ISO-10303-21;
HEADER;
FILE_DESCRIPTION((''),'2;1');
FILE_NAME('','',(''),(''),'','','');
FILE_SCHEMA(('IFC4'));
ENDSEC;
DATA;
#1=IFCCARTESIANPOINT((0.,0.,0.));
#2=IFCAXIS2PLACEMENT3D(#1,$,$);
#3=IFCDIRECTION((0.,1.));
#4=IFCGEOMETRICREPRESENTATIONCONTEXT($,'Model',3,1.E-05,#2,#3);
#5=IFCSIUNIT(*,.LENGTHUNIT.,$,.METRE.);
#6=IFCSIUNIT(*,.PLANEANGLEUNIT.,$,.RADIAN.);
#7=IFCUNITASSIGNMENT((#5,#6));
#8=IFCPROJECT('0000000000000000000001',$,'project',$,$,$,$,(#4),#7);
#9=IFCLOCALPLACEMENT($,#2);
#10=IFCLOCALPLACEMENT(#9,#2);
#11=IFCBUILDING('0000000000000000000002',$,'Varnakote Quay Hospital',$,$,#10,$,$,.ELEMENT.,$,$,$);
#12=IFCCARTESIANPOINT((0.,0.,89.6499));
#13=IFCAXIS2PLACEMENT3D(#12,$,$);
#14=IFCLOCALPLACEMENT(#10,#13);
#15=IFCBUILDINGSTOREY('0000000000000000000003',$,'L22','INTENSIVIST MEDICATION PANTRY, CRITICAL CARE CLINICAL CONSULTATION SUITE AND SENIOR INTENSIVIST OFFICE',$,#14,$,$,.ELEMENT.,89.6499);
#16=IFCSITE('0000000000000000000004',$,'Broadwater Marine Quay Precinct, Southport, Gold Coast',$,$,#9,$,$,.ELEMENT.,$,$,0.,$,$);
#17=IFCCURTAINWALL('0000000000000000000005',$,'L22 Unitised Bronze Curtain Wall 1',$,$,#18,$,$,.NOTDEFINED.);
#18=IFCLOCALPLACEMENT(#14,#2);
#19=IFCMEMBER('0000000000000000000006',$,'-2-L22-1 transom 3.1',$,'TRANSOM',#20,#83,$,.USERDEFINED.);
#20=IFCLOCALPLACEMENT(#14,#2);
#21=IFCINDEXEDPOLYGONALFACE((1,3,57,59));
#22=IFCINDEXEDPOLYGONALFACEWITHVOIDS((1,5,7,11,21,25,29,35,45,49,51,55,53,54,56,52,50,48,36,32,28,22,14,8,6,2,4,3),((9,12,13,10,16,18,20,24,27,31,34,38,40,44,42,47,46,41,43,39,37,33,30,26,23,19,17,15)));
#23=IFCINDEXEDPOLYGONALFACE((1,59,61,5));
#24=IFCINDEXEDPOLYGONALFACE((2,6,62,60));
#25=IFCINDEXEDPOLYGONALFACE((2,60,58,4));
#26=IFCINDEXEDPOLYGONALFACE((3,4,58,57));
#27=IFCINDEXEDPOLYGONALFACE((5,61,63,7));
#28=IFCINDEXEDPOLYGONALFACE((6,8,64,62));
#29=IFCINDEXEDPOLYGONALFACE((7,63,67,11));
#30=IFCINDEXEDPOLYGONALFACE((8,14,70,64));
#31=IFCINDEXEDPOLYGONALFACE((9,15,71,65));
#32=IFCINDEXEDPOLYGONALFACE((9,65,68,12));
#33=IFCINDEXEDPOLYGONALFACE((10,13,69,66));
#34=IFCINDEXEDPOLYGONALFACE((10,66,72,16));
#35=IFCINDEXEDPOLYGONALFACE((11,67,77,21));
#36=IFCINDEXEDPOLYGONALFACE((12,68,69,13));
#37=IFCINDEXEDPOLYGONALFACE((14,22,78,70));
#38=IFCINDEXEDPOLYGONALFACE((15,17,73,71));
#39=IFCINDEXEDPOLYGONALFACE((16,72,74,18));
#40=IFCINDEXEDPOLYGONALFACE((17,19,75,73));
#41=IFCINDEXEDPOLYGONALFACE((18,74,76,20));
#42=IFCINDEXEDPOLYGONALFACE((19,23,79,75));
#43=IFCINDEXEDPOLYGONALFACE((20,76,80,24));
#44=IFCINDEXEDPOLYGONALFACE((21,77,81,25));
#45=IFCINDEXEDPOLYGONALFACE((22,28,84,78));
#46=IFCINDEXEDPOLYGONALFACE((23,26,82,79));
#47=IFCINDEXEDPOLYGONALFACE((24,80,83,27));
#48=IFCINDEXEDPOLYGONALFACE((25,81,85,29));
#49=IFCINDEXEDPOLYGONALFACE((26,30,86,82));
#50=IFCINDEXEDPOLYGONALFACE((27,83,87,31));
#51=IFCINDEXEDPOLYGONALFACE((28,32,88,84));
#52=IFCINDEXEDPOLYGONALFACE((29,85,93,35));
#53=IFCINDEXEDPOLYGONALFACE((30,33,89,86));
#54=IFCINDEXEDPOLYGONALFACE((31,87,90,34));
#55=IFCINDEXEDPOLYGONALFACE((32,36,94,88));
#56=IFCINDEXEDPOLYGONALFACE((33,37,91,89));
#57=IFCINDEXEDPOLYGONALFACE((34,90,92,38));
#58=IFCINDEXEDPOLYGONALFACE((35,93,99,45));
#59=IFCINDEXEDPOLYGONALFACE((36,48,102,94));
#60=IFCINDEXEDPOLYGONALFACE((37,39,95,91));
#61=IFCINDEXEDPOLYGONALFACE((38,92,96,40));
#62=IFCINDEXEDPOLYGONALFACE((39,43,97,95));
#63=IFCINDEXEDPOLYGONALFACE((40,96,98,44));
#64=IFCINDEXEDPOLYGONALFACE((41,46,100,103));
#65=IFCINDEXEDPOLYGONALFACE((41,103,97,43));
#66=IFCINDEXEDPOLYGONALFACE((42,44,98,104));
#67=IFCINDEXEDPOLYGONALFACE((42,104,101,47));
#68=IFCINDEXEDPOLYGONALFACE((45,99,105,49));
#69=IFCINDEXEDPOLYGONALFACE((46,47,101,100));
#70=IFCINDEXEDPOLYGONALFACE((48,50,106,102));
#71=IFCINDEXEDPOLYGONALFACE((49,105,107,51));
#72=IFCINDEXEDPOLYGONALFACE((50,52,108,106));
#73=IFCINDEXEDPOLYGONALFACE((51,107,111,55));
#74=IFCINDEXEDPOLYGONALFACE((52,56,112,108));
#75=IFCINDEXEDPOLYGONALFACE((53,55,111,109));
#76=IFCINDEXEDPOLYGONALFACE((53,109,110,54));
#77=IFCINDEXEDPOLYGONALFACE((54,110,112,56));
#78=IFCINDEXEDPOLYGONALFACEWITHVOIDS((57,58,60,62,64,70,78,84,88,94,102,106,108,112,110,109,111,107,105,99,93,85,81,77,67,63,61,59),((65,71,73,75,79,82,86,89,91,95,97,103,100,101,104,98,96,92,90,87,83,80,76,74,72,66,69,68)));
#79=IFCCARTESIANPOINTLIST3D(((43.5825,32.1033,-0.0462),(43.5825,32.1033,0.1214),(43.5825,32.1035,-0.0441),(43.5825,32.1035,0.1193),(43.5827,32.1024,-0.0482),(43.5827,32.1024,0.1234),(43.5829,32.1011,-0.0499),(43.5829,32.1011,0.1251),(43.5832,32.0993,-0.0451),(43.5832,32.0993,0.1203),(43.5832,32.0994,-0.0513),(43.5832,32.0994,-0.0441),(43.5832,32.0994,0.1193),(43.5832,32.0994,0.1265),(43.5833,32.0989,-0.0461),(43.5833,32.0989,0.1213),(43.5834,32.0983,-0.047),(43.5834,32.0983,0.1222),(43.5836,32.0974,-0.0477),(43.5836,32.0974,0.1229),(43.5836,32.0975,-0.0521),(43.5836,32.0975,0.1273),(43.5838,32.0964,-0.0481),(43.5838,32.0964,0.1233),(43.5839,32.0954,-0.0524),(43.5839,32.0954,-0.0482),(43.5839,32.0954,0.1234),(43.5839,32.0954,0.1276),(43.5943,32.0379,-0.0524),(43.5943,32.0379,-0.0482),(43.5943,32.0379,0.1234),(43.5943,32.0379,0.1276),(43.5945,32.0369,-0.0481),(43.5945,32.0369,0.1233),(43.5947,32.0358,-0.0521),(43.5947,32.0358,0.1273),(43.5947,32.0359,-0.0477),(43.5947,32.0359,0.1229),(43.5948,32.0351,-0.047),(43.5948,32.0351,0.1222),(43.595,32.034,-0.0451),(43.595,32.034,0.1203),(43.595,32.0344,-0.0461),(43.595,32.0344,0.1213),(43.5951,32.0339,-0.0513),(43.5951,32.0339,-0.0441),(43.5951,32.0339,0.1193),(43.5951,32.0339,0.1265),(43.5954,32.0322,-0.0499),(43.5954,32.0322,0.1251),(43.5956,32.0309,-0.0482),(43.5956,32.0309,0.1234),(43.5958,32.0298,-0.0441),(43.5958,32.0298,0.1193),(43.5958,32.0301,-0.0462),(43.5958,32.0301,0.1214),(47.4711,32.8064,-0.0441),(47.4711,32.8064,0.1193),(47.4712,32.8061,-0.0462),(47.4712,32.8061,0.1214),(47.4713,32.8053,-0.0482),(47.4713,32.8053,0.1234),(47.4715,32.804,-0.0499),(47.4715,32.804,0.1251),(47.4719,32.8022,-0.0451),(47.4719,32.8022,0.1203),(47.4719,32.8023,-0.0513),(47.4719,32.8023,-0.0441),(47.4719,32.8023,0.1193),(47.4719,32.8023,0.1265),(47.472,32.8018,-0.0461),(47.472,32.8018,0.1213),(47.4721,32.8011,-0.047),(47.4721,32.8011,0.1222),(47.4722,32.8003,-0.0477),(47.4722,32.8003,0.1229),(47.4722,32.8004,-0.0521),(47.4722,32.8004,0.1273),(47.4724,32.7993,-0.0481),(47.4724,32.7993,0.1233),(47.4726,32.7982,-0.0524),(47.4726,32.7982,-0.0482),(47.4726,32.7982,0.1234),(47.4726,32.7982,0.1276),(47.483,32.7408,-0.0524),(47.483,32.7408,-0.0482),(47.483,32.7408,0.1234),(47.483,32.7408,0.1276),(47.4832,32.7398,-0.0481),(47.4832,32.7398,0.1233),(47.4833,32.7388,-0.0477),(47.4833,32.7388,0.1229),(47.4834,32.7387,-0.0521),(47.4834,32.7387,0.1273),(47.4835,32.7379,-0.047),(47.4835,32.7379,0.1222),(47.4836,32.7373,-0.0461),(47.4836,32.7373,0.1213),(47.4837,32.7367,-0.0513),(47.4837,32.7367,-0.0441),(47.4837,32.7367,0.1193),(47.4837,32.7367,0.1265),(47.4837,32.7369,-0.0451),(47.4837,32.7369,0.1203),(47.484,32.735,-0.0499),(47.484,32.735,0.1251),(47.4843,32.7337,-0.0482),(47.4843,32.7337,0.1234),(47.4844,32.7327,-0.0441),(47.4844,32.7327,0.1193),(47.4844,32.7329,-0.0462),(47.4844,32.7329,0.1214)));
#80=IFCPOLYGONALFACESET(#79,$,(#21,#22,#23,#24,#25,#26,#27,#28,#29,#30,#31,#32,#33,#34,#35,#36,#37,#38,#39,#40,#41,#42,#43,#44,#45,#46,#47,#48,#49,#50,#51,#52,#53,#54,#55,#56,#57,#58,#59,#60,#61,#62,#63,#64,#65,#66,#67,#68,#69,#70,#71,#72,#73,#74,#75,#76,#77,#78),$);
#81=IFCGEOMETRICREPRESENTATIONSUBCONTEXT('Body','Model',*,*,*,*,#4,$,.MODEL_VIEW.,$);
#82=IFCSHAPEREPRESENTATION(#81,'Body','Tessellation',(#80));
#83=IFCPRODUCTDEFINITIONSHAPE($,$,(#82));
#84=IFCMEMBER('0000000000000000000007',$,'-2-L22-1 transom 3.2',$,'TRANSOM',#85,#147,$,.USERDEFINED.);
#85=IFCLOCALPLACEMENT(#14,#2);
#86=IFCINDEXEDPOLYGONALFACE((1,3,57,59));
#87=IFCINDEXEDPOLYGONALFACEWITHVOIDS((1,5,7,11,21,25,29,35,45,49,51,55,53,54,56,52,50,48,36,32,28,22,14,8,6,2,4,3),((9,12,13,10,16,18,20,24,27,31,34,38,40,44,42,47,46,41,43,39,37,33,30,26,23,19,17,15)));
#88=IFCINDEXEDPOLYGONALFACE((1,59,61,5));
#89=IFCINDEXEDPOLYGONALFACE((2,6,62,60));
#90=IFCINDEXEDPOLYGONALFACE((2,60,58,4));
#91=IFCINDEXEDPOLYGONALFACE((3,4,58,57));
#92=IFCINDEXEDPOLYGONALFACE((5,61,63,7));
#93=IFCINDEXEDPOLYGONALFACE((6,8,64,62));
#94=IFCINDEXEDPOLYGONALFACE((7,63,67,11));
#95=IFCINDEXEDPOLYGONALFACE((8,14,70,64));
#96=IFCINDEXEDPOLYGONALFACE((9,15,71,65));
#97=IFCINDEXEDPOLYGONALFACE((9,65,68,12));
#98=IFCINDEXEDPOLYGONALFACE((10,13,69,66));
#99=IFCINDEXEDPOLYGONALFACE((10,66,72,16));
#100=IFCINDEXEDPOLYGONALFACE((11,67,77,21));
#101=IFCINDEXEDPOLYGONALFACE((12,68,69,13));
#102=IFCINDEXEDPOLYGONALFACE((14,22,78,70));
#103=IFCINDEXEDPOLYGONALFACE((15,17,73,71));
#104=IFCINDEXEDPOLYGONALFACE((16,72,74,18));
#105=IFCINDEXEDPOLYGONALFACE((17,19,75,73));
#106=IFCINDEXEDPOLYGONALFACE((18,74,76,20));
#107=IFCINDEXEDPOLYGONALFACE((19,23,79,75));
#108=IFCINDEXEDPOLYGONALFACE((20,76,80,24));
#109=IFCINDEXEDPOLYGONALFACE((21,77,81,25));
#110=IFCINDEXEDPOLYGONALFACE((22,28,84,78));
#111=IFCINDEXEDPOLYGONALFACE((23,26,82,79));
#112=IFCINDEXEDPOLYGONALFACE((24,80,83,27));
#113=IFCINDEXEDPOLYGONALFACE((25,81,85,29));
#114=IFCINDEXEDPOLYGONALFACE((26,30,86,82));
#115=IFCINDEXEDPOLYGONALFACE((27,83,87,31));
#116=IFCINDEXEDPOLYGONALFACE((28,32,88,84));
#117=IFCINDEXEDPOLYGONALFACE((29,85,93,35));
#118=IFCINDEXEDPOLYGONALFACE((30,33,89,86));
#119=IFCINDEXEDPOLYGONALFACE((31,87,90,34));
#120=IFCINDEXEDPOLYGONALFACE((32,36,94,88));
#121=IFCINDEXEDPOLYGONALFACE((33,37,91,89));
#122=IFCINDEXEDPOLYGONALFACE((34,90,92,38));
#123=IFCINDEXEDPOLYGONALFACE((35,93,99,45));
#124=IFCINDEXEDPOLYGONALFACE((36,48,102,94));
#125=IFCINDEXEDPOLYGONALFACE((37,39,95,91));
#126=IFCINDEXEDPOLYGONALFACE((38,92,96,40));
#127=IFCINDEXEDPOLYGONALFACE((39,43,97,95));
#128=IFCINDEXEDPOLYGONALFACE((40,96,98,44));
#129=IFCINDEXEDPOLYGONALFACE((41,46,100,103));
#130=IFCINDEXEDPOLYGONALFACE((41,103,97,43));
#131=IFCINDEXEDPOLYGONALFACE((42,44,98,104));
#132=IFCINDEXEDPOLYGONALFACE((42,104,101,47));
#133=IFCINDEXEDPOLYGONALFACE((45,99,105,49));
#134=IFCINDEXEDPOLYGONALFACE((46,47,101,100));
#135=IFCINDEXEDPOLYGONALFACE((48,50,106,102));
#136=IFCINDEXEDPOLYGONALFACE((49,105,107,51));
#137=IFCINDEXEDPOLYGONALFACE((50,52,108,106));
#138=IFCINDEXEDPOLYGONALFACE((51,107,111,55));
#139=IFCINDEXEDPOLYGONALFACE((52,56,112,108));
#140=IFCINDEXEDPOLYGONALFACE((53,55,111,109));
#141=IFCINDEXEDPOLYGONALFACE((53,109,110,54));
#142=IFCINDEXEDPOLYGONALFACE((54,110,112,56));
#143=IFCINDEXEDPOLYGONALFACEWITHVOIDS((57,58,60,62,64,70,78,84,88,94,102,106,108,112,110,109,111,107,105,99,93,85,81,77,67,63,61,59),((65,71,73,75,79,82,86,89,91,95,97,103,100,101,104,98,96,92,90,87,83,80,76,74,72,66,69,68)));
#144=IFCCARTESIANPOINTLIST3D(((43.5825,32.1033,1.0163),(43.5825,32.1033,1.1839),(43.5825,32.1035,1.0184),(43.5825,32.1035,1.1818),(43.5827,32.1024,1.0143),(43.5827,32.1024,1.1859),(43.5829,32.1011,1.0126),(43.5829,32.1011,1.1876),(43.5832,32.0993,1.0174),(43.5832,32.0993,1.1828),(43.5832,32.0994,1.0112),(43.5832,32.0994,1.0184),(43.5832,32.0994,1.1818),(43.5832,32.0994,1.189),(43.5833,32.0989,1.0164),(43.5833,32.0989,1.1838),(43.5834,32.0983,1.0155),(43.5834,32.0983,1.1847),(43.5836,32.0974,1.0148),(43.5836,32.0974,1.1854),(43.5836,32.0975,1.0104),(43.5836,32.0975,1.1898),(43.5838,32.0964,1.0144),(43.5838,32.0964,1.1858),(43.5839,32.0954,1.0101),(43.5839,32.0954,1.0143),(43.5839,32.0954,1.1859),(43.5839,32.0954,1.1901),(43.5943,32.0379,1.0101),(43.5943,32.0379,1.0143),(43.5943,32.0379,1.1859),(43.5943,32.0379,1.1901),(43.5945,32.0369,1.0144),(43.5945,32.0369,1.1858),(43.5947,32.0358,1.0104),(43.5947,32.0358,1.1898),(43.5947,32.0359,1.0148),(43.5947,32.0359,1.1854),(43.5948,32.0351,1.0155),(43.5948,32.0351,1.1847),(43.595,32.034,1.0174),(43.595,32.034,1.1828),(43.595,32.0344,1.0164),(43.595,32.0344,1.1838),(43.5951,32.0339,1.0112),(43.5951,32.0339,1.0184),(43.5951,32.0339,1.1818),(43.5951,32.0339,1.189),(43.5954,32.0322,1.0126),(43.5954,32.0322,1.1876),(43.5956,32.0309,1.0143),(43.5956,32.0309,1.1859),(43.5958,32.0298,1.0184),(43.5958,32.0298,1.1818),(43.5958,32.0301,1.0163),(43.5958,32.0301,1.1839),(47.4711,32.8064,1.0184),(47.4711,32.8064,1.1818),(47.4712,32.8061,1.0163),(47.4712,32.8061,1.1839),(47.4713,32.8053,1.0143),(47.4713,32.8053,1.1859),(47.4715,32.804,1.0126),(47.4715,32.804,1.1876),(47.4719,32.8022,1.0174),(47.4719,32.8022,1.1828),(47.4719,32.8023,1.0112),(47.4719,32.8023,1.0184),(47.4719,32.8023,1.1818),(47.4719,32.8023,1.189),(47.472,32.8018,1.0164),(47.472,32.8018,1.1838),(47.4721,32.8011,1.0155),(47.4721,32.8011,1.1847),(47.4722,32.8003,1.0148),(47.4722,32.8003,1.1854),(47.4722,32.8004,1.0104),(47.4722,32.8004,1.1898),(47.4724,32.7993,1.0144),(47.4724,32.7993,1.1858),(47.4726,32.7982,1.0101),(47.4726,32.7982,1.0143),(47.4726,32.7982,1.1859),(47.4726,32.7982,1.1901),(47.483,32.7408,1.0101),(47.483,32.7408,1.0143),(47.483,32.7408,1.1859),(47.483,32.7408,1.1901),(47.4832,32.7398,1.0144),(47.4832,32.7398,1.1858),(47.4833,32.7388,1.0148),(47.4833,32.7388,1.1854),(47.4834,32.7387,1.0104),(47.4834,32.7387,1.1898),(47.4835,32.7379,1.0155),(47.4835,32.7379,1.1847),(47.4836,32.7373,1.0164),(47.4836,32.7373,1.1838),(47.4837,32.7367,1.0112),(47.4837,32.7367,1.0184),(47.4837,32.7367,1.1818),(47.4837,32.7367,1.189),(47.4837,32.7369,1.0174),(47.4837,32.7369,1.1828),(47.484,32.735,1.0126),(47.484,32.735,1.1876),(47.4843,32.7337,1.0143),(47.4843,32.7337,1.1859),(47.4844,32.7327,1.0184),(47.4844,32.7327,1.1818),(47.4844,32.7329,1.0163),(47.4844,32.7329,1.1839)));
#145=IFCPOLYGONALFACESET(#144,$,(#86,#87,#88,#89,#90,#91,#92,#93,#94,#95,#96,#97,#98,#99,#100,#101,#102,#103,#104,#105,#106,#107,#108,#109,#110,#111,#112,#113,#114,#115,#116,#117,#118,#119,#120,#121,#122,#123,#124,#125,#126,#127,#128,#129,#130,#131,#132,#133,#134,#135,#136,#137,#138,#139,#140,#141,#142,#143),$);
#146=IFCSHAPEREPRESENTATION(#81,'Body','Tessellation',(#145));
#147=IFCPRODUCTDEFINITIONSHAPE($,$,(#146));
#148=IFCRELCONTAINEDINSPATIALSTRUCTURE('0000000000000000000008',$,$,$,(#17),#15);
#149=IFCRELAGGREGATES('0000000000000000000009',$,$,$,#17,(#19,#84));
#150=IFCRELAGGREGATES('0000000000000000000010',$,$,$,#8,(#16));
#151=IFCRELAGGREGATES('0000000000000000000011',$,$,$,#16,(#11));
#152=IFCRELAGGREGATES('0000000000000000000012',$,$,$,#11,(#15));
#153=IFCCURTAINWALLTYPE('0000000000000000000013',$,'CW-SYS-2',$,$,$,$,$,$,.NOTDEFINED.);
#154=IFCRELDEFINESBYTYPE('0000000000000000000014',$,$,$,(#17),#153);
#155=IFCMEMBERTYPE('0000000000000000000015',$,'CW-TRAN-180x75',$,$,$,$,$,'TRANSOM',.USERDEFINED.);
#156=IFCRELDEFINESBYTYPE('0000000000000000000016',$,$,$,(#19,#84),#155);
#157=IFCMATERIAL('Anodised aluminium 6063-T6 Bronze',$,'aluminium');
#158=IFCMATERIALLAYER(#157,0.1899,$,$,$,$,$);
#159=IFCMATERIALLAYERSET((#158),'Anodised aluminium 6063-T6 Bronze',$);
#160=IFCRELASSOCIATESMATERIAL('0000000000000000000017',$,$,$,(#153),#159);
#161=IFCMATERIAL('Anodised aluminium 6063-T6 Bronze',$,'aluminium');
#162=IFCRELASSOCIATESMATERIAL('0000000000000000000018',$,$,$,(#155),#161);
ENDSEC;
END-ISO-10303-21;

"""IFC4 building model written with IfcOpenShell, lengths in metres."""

from ifc_helpers import new_model, si_unit, direction, frame, origin, origin_2d, place, context, subcontext, project, spatial, hollow_rectangle, extrude, material, layer, layer_set, material_profile, profile_set, type_object, element, aggregate, save


model = new_model("IFC4")

# Units and contexts
model_context = context("Model", 3, precision=1e-05, world=origin(), true_north=direction((0.0, 1.0)))
body_context = subcontext(model_context, "Body", "Model", "MODEL_VIEW")
ifc_project = project(units=[si_unit("LENGTHUNIT", "METRE"), si_unit("PLANEANGLEUNIT", "RADIAN")], contexts=[model_context])

# Site, building, storey
site_placement = place(None, origin())
site = spatial("IfcSite", under=ifc_project, at=site_placement, Name="Broadwater Marine Quay Precinct, Southport, Gold Coast", CompositionType="ELEMENT", RefElevation=0.0)
building_placement = place(site_placement, origin())
building = spatial("IfcBuilding", under=site, at=building_placement, Name="Varnakote Quay Hospital", CompositionType="ELEMENT")
storey_placement = place(building_placement, frame((0.0, 0.0, 89.6499)))
storey = spatial("IfcBuildingStorey", under=building, at=storey_placement, Name="L22", Description="INTENSIVIST MEDICATION PANTRY, CRITICAL CARE CLINICAL CONSULTATION SUITE AND SENIOR INTENSIVIST OFFICE", CompositionType="ELEMENT", Elevation=89.6499)

# Curtain wall, members
ifc_material_1 = material(Name="Anodised aluminium 6063-T6 Bronze", Category="aluminium")
ifc_layer_1 = layer(ifc_material_1, 0.1899)
ifc_layer_set_1 = layer_set([ifc_layer_1], Name="Anodised aluminium 6063-T6 Bronze")
curtain_wall_type = type_object("IfcCurtainWallType", Name="CW-SYS-2", PredefinedType="NOTDEFINED", material=ifc_layer_set_1)
curtain_wall_placement = place(storey_placement, origin())
curtain_wall = element("IfcCurtainWall", 1, at=curtain_wall_placement, inside=storey, type_object=curtain_wall_type, Name="L22 Unitised Bronze Curtain Wall 1", PredefinedType="NOTDEFINED")
ifc_material_2 = material(Name="Anodised aluminium 6063-T6 Bronze", Category="aluminium")
ifc_material_profile_1 = material_profile(ifc_material_2, hollow_rectangle(XDim=0.075, YDim=0.1799, WallThickness=0.0042, InnerFilletRadius=0.0042, OuterFilletRadius=0.0083, at=origin_2d()), Name="CW-TRAN-180x75")
ifc_profile_set_1 = profile_set([ifc_material_profile_1], Name="Anodised aluminium 6063-T6 Bronze")
member_type_1 = type_object("IfcMemberType", Name="CW-TRAN-180x75", ElementType="TRANSOM", PredefinedType="USERDEFINED", material=ifc_profile_set_1)
member_1_placement = place(storey_placement, frame((47.4778, 32.7695, 0.0376), z_axis=(-0.984054, -0.177869, 0.0), x_axis=(0.177869, -0.984054, 0.0)))
member_1 = element("IfcMember", 2, at=member_1_placement, type_object=member_type_1, Name="-2-L22-1 transom 3.1", ObjectType="TRANSOM", PredefinedType="USERDEFINED", context=body_context, shape_type="SweptSolid", body=[
    extrude(hollow_rectangle(XDim=0.075, YDim=0.1799, WallThickness=0.0042, InnerFilletRadius=0.0042, OuterFilletRadius=0.0083, at=origin_2d()), origin(), (0.0, 0.0, 1.0), 3.9517),
])
member_2_placement = place(storey_placement, frame((47.4778, 32.7695, 1.1001), z_axis=(-0.984054, -0.177869, 0.0), x_axis=(0.177869, -0.984054, 0.0)))
member_2 = element("IfcMember", 3, at=member_2_placement, type_object=member_type_1, Name="-2-L22-1 transom 3.2", ObjectType="TRANSOM", PredefinedType="USERDEFINED", context=body_context, shape_type="SweptSolid", body=[
    extrude(hollow_rectangle(XDim=0.075, YDim=0.1799, WallThickness=0.0042, InnerFilletRadius=0.0042, OuterFilletRadius=0.0083, at=origin_2d()), origin(), (0.0, 0.0, 1.0), 3.9517),
])
aggregate(curtain_wall, [member_1, member_2])

save(model, "model.ifc")
